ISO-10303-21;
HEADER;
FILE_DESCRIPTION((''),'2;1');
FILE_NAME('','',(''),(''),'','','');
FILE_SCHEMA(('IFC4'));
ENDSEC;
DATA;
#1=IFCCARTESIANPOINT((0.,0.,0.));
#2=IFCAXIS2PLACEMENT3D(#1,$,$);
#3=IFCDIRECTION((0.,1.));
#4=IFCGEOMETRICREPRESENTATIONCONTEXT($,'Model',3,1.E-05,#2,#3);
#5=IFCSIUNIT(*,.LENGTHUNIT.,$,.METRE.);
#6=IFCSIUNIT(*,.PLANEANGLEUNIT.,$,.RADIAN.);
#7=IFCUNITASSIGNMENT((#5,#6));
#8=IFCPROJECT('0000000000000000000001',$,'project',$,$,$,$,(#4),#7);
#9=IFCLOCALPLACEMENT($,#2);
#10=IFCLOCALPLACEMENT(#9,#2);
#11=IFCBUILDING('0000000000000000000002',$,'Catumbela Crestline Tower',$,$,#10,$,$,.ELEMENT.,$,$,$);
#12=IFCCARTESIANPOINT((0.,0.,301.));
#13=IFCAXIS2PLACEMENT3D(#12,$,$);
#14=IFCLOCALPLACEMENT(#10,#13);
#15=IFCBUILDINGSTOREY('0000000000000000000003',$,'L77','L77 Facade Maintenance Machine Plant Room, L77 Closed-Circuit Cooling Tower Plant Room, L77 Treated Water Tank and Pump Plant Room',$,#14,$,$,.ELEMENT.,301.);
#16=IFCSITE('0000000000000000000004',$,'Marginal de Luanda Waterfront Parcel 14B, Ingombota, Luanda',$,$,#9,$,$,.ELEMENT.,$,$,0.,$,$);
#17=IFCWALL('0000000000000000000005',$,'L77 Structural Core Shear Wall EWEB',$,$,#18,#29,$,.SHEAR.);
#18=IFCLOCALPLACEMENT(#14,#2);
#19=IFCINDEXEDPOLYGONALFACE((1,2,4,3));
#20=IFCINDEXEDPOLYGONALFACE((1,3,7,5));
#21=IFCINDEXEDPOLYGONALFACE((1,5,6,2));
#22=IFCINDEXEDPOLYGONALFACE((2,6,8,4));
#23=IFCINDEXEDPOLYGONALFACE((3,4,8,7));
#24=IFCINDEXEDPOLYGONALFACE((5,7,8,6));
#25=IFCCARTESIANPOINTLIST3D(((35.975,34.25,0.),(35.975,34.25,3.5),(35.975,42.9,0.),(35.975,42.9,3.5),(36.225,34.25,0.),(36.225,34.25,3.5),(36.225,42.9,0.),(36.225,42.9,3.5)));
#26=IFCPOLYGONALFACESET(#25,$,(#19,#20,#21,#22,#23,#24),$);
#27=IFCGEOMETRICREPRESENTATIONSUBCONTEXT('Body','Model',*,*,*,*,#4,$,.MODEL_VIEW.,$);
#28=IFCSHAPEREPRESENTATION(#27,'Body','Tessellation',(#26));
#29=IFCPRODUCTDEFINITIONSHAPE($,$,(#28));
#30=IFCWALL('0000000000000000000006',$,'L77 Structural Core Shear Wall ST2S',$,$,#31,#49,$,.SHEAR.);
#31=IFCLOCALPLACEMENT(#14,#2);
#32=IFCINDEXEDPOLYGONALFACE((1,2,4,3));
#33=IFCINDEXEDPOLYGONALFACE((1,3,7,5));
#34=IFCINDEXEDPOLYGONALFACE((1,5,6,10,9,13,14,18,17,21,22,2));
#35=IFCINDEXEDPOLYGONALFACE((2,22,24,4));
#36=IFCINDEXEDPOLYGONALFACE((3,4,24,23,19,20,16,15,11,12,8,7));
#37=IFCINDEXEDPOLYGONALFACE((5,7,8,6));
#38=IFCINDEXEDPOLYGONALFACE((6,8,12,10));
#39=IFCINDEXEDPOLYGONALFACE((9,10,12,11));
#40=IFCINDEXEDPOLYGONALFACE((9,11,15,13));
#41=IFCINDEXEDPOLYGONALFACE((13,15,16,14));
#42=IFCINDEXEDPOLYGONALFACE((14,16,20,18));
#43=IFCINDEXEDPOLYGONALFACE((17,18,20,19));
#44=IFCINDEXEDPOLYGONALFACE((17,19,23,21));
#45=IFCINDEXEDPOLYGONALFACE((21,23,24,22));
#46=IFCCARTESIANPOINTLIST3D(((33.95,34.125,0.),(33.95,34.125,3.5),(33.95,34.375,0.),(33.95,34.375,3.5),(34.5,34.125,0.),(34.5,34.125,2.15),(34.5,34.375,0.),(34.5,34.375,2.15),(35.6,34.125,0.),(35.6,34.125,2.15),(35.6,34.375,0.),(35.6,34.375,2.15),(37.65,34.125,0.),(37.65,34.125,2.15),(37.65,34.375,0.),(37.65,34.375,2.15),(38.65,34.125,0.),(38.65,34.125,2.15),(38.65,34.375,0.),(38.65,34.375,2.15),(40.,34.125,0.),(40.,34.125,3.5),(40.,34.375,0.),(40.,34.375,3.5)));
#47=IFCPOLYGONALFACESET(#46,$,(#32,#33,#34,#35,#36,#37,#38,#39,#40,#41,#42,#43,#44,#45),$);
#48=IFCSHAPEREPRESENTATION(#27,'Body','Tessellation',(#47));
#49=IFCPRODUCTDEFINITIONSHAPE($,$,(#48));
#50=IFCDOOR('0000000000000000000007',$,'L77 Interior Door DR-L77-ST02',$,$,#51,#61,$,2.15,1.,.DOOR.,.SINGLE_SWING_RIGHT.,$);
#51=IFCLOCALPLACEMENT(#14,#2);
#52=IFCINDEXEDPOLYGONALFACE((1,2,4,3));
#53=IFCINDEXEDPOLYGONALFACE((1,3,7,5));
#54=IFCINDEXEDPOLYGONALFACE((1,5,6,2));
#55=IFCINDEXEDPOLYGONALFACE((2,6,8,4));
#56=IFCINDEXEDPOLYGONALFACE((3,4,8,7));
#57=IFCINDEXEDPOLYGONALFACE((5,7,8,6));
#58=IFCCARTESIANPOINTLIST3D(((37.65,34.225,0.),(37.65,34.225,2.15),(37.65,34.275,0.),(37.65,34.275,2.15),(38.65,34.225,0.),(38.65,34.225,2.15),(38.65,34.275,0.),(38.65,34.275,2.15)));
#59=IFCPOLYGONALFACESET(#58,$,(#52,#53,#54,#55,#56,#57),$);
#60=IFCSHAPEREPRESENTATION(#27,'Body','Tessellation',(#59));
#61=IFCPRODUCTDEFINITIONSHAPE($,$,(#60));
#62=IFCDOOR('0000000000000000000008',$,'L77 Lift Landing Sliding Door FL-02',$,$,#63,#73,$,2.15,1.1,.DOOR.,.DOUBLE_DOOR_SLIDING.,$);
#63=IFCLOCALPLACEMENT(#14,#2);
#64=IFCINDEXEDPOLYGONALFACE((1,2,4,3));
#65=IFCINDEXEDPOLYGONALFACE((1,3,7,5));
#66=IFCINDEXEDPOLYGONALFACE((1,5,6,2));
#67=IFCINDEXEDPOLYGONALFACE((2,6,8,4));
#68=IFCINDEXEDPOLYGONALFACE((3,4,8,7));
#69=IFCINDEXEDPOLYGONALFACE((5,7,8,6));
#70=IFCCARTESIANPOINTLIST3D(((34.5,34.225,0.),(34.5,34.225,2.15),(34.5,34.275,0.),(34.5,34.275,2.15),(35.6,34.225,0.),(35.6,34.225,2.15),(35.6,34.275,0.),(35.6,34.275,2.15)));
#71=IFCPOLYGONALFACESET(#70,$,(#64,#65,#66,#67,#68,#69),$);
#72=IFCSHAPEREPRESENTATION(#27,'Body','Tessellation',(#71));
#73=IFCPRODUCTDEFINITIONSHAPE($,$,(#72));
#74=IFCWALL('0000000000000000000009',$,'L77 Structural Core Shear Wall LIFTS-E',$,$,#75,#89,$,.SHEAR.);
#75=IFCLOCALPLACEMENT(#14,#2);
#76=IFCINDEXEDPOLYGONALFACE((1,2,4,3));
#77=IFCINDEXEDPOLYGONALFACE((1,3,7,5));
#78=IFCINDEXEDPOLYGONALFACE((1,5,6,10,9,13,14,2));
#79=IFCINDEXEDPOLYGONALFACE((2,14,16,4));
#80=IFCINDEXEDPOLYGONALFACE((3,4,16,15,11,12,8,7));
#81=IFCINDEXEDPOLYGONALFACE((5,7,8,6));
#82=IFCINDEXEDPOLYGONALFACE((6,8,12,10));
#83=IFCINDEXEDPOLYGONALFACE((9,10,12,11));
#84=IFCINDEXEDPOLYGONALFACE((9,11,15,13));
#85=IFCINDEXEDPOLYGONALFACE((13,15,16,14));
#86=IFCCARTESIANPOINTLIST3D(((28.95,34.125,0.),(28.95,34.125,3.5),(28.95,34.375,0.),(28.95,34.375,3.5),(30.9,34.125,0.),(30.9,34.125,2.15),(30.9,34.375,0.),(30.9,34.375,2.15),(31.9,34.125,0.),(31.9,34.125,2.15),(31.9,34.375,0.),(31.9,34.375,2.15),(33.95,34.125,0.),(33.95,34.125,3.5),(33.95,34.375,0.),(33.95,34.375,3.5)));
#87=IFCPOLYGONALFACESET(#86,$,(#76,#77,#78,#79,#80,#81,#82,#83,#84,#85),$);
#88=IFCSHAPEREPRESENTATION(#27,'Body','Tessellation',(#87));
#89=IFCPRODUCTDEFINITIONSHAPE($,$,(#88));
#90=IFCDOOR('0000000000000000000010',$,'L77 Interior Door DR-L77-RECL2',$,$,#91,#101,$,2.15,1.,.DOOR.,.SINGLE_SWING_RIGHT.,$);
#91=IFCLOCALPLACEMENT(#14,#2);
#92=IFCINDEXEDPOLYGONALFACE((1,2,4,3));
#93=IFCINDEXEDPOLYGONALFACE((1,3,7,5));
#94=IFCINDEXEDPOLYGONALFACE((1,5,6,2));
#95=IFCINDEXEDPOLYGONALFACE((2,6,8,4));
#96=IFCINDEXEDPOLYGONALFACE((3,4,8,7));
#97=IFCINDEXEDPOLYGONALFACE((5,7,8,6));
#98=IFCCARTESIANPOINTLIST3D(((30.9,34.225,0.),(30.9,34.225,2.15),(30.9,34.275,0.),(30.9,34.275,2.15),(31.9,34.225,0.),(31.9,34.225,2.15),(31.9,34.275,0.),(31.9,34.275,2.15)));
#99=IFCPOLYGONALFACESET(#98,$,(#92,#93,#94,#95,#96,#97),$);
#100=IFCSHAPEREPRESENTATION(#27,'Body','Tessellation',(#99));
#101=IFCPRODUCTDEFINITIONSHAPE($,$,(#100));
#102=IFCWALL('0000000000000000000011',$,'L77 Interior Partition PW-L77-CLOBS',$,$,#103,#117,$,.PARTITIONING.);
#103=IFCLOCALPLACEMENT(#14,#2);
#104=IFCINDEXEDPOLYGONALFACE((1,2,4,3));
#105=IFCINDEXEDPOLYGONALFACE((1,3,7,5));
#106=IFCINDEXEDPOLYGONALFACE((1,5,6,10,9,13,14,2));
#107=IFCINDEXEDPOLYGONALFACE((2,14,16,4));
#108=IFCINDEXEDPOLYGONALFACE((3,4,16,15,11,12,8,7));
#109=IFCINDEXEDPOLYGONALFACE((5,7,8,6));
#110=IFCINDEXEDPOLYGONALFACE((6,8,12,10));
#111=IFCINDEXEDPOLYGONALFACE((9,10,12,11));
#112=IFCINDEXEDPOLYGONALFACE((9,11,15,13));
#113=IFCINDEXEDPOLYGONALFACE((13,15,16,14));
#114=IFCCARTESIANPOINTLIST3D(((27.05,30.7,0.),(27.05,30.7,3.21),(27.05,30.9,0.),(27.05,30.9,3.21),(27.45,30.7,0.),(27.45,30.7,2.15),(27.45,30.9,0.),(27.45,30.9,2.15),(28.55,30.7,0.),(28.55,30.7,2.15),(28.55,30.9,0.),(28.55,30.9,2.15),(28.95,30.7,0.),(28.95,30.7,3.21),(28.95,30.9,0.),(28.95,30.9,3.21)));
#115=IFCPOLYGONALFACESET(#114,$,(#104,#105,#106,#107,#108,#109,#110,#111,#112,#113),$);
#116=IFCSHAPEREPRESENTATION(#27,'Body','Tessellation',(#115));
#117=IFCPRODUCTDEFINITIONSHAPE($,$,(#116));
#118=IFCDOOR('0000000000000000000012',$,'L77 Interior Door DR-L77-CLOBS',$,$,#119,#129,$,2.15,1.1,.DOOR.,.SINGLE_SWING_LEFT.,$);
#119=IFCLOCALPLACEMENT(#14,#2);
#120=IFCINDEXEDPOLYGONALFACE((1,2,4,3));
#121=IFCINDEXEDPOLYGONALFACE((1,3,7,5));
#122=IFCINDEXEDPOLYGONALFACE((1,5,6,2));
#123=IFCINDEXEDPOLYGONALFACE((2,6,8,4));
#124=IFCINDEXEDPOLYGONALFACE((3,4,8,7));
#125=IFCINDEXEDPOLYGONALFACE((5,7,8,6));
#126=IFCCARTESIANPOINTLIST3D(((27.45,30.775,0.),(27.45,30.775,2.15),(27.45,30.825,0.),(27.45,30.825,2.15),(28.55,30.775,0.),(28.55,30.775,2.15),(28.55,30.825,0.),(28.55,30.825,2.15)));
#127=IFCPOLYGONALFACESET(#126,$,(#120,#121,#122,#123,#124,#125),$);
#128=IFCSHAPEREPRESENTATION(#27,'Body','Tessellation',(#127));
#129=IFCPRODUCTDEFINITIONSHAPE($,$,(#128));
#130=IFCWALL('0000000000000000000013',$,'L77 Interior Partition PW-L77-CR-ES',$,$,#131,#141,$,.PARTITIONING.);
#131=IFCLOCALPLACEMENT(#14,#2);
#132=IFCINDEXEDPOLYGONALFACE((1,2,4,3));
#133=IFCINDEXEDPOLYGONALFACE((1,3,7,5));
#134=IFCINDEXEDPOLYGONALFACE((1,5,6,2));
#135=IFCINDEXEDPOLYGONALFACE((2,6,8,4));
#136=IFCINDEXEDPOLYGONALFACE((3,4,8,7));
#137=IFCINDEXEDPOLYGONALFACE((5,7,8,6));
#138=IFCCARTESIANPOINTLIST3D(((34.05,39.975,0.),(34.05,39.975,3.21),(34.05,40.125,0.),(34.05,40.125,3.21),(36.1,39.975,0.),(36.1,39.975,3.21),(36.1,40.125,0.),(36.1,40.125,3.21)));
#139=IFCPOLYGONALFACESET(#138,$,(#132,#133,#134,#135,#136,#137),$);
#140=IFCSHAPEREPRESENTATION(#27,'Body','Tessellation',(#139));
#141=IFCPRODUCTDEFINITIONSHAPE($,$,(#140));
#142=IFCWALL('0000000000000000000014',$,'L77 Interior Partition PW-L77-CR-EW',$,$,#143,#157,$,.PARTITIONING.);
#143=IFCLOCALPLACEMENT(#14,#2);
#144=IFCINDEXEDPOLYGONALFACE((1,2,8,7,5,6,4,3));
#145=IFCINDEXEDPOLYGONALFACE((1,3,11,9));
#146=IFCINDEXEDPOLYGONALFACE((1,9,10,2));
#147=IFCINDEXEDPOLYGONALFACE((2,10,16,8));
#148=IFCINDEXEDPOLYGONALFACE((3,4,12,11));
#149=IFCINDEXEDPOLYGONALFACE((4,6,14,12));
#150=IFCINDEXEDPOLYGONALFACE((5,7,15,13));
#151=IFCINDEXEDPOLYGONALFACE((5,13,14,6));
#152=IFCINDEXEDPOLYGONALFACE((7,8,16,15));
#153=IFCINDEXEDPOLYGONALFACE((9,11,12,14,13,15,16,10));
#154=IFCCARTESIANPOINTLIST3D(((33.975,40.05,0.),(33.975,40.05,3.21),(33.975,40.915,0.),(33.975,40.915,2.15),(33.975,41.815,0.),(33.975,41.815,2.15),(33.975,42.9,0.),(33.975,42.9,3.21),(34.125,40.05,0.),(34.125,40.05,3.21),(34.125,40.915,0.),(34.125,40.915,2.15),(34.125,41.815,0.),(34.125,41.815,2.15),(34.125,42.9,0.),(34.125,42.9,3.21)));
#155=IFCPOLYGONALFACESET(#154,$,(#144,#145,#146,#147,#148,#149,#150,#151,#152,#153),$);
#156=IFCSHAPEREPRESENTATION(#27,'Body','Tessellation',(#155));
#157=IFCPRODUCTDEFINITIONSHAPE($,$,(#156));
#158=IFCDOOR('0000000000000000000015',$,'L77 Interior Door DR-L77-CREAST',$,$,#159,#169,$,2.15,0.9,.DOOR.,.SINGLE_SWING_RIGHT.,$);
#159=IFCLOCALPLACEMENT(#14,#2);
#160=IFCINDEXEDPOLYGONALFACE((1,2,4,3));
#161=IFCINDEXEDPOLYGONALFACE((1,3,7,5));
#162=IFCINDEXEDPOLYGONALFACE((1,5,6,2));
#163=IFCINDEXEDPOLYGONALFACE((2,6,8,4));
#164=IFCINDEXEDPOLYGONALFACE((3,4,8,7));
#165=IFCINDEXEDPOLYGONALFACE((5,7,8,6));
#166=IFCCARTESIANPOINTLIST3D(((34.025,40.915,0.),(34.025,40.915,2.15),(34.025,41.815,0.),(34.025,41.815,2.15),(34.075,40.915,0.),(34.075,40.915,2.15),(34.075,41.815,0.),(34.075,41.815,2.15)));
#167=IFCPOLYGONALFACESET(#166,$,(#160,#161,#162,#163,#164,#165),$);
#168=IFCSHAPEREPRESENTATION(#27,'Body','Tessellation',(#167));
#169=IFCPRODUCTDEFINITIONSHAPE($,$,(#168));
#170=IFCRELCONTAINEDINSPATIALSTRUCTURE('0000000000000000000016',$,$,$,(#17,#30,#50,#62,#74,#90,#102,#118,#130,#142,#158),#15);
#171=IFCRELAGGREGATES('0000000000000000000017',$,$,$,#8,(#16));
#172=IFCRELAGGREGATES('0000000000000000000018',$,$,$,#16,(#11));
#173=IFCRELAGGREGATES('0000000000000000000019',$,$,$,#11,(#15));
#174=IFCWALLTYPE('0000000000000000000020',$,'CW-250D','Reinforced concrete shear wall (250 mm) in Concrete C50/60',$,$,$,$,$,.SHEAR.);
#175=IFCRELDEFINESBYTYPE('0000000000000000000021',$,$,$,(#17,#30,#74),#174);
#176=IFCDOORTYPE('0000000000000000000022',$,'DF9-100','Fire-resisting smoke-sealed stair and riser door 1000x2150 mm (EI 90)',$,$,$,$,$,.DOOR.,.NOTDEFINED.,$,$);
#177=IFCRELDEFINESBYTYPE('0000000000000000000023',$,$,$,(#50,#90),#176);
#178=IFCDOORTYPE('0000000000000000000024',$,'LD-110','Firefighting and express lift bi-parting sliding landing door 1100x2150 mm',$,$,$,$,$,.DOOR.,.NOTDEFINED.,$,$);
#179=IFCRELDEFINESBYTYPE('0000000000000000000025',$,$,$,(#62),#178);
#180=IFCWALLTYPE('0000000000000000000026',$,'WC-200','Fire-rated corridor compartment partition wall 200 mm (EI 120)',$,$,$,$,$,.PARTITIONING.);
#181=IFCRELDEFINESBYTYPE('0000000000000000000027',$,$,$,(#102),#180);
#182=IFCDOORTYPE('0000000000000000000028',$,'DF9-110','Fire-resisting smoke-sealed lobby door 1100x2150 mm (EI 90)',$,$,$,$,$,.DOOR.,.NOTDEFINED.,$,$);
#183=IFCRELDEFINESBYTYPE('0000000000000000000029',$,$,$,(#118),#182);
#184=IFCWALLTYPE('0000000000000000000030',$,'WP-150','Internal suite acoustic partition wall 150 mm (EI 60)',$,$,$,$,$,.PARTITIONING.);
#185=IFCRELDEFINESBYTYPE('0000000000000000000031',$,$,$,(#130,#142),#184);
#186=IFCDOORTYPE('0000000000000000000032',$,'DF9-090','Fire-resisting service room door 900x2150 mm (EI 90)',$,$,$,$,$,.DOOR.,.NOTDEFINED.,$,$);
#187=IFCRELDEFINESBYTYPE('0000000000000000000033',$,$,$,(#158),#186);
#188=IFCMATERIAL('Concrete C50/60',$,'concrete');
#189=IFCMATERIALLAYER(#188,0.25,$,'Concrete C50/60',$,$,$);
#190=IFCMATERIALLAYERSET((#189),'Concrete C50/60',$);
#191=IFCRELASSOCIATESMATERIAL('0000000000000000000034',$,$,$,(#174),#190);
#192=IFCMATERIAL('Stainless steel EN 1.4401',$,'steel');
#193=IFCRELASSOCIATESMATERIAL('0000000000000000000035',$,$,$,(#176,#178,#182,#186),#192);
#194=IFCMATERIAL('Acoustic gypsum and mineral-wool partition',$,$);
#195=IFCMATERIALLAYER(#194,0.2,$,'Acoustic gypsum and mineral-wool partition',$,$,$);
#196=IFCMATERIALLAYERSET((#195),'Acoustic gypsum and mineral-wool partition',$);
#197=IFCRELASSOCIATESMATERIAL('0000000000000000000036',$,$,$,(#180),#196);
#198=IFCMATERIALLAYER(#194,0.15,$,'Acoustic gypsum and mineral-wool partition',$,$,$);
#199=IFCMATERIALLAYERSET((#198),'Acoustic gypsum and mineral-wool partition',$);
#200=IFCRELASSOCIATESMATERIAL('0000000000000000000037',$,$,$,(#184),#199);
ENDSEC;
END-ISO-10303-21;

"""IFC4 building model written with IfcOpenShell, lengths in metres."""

from ifc_helpers import new_model, si_unit, direction, frame, frame_2d, origin, place, context, subcontext, project, spatial, rectangle, extrude, material, layer, layer_set, type_object, element, fill, save


model = new_model("IFC4")

# Units and contexts
model_context = context("Model", 3, precision=1e-05, world=origin(), true_north=direction((0.0, 1.0)))
body_context = subcontext(model_context, "Body", "Model", "MODEL_VIEW")
ifc_project = project(units=[si_unit("LENGTHUNIT", "METRE"), si_unit("PLANEANGLEUNIT", "RADIAN")], contexts=[model_context])

# Site, building, storey
site_placement = place(None, origin())
site = spatial("IfcSite", under=ifc_project, at=site_placement, Name="Marginal de Luanda Waterfront Parcel 14B, Ingombota, Luanda", CompositionType="ELEMENT", RefElevation=0.0)
building_placement = place(site_placement, origin())
building = spatial("IfcBuilding", under=site, at=building_placement, Name="Catumbela Crestline Tower", CompositionType="ELEMENT")
storey_placement = place(building_placement, frame((0.0, 0.0, 301.0)))
storey = spatial("IfcBuildingStorey", under=building, at=storey_placement, Name="L77", Description="L77 Facade Maintenance Machine Plant Room, L77 Closed-Circuit Cooling Tower Plant Room, L77 Treated Water Tank and Pump Plant Room", CompositionType="ELEMENT", Elevation=301.0)

# Wall
ifc_material_1 = material(Name="Concrete C50/60", Category="concrete")
ifc_layer_1 = layer(ifc_material_1, 0.25, Name="Concrete C50/60")
ifc_layer_set_1 = layer_set([ifc_layer_1], Name="Concrete C50/60")
wall_type_1 = type_object("IfcWallType", Name="CW-250D", Description="Reinforced concrete shear wall (250 mm) in Concrete C50/60", PredefinedType="SHEAR", material=ifc_layer_set_1)
wall_1_placement = place(storey_placement, frame((36.1, 34.25, 0.0), z_axis=(0.0, 0.0, 1.0), x_axis=(0.0, 1.0, 0.0)))
element("IfcWall", 1, at=wall_1_placement, inside=storey, type_object=wall_type_1, Name="L77 Structural Core Shear Wall EWEB", PredefinedType="SHEAR", context=body_context, shape_type="SweptSolid", body=[
    extrude(rectangle(XDim=8.65, YDim=0.25, at=frame_2d((4.325, 0.0))), origin(), (0.0, 0.0, 1.0), 3.5),
])

# Wall, openings, doors
wall_2_placement = place(storey_placement, frame((33.95, 34.25, 0.0), z_axis=(0.0, 0.0, 1.0), x_axis=(1.0, 0.0, 0.0)))
wall_2 = element("IfcWall", 2, at=wall_2_placement, inside=storey, type_object=wall_type_1, Name="L77 Structural Core Shear Wall ST2S", PredefinedType="SHEAR", context=body_context, shape_type="SweptSolid", body=[
    extrude(rectangle(XDim=6.05, YDim=0.25, at=frame_2d((3.025, 0.0))), origin(), (0.0, 0.0, 1.0), 3.5),
])
opening_1_placement = place(wall_2_placement, frame((3.7, 0.0, 0.0)))
opening_1 = element("IfcOpeningElement", 3, at=opening_1_placement, cuts=wall_2, PredefinedType="OPENING", context=body_context, shape_type="SweptSolid", body=[
    extrude(rectangle(XDim=1.0, YDim=2.15, at=frame_2d((0.5, 1.075))), frame((0.0, 0.135, 0.0), z_axis=(0.0, -1.0, 0.0), x_axis=(1.0, 0.0, 0.0)), (0.0, 0.0, 1.0), 0.27),
])
opening_2_placement = place(wall_2_placement, frame((0.55, 0.0, 0.0)))
opening_2 = element("IfcOpeningElement", 4, at=opening_2_placement, cuts=wall_2, PredefinedType="OPENING", context=body_context, shape_type="SweptSolid", body=[
    extrude(rectangle(XDim=1.1, YDim=2.15, at=frame_2d((0.55, 1.075))), frame((0.0, 0.135, 0.0), z_axis=(0.0, -1.0, 0.0), x_axis=(1.0, 0.0, 0.0)), (0.0, 0.0, 1.0), 0.27),
])
ifc_material_2 = material(Name="Stainless steel EN 1.4401", Category="steel")
door_type_1 = type_object("IfcDoorType", Name="DF9-100", Description="Fire-resisting smoke-sealed stair and riser door 1000x2150 mm (EI 90)", OperationType="NOTDEFINED", PredefinedType="DOOR", material=ifc_material_2)
door_1_placement = place(opening_1_placement, origin())
door_1 = element("IfcDoor", 5, at=door_1_placement, inside=storey, type_object=door_type_1, Name="L77 Interior Door DR-L77-ST02", OperationType="SINGLE_SWING_RIGHT", OverallHeight=2.15, OverallWidth=1.0, PredefinedType="DOOR", context=body_context, shape_type="SweptSolid", body=[
    extrude(rectangle(XDim=1.0, YDim=2.15, at=frame_2d((0.5, 1.075))), frame((0.0, 0.025, 0.0), z_axis=(0.0, -1.0, 0.0), x_axis=(1.0, 0.0, 0.0)), (0.0, 0.0, 1.0), 0.05),
])
fill(opening_1, door_1)
door_type_2 = type_object("IfcDoorType", Name="LD-110", Description="Firefighting and express lift bi-parting sliding landing door 1100x2150 mm", OperationType="NOTDEFINED", PredefinedType="DOOR", material=ifc_material_2)
door_2_placement = place(opening_2_placement, origin())
door_2 = element("IfcDoor", 6, at=door_2_placement, inside=storey, type_object=door_type_2, Name="L77 Lift Landing Sliding Door FL-02", OperationType="DOUBLE_DOOR_SLIDING", OverallHeight=2.15, OverallWidth=1.1, PredefinedType="DOOR", context=body_context, shape_type="SweptSolid", body=[
    extrude(rectangle(XDim=1.1, YDim=2.15, at=frame_2d((0.55, 1.075))), frame((0.0, 0.025, 0.0), z_axis=(0.0, -1.0, 0.0), x_axis=(1.0, 0.0, 0.0)), (0.0, 0.0, 1.0), 0.05),
])
fill(opening_2, door_2)

# Walls, openings, doors
wall_3_placement = place(storey_placement, frame((28.95, 34.25, 0.0), z_axis=(0.0, 0.0, 1.0), x_axis=(1.0, 0.0, 0.0)))
wall_3 = element("IfcWall", 7, at=wall_3_placement, inside=storey, type_object=wall_type_1, Name="L77 Structural Core Shear Wall LIFTS-E", PredefinedType="SHEAR", context=body_context, shape_type="SweptSolid", body=[
    extrude(rectangle(XDim=5.0, YDim=0.25, at=frame_2d((2.5, 0.0))), origin(), (0.0, 0.0, 1.0), 3.5),
])
opening_3_placement = place(wall_3_placement, frame((1.95, 0.0, 0.0)))
opening_3 = element("IfcOpeningElement", 8, at=opening_3_placement, cuts=wall_3, PredefinedType="OPENING", context=body_context, shape_type="SweptSolid", body=[
    extrude(rectangle(XDim=1.0, YDim=2.15, at=frame_2d((0.5, 1.075))), frame((0.0, 0.135, 0.0), z_axis=(0.0, -1.0, 0.0), x_axis=(1.0, 0.0, 0.0)), (0.0, 0.0, 1.0), 0.27),
])
door_3_placement = place(opening_3_placement, origin())
door_3 = element("IfcDoor", 9, at=door_3_placement, inside=storey, type_object=door_type_1, Name="L77 Interior Door DR-L77-RECL2", OperationType="SINGLE_SWING_RIGHT", OverallHeight=2.15, OverallWidth=1.0, PredefinedType="DOOR", context=body_context, shape_type="SweptSolid", body=[
    extrude(rectangle(XDim=1.0, YDim=2.15, at=frame_2d((0.5, 1.075))), frame((0.0, 0.025, 0.0), z_axis=(0.0, -1.0, 0.0), x_axis=(1.0, 0.0, 0.0)), (0.0, 0.0, 1.0), 0.05),
])
fill(opening_3, door_3)
ifc_material_3 = material(Name="Acoustic gypsum and mineral-wool partition")
ifc_layer_2 = layer(ifc_material_3, 0.2, Name="Acoustic gypsum and mineral-wool partition")
ifc_layer_set_2 = layer_set([ifc_layer_2], Name="Acoustic gypsum and mineral-wool partition")
wall_type_2 = type_object("IfcWallType", Name="WC-200", Description="Fire-rated corridor compartment partition wall 200 mm (EI 120)", PredefinedType="PARTITIONING", material=ifc_layer_set_2)
wall_4_placement = place(storey_placement, frame((27.05, 30.8, 0.0), z_axis=(0.0, 0.0, 1.0), x_axis=(1.0, 0.0, 0.0)))
wall_4 = element("IfcWall", 10, at=wall_4_placement, inside=storey, type_object=wall_type_2, Name="L77 Interior Partition PW-L77-CLOBS", PredefinedType="PARTITIONING", context=body_context, shape_type="SweptSolid", body=[
    extrude(rectangle(XDim=1.9, YDim=0.2, at=frame_2d((0.95, 0.0))), origin(), (0.0, 0.0, 1.0), 3.21),
])
opening_4_placement = place(wall_4_placement, frame((0.4, 0.0, 0.0)))
opening_4 = element("IfcOpeningElement", 11, at=opening_4_placement, cuts=wall_4, PredefinedType="OPENING", context=body_context, shape_type="SweptSolid", body=[
    extrude(rectangle(XDim=1.1, YDim=2.15, at=frame_2d((0.55, 1.075))), frame((0.0, 0.11, 0.0), z_axis=(0.0, -1.0, 0.0), x_axis=(1.0, 0.0, 0.0)), (0.0, 0.0, 1.0), 0.22),
])
door_type_3 = type_object("IfcDoorType", Name="DF9-110", Description="Fire-resisting smoke-sealed lobby door 1100x2150 mm (EI 90)", OperationType="NOTDEFINED", PredefinedType="DOOR", material=ifc_material_2)
door_4_placement = place(opening_4_placement, origin())
door_4 = element("IfcDoor", 12, at=door_4_placement, inside=storey, type_object=door_type_3, Name="L77 Interior Door DR-L77-CLOBS", OperationType="SINGLE_SWING_LEFT", OverallHeight=2.15, OverallWidth=1.1, PredefinedType="DOOR", context=body_context, shape_type="SweptSolid", body=[
    extrude(rectangle(XDim=1.1, YDim=2.15, at=frame_2d((0.55, 1.075))), frame((0.0, 0.025, 0.0), z_axis=(0.0, -1.0, 0.0), x_axis=(1.0, 0.0, 0.0)), (0.0, 0.0, 1.0), 0.05),
])
fill(opening_4, door_4)

# Wall
ifc_layer_3 = layer(ifc_material_3, 0.15, Name="Acoustic gypsum and mineral-wool partition")
ifc_layer_set_3 = layer_set([ifc_layer_3], Name="Acoustic gypsum and mineral-wool partition")
wall_type_3 = type_object("IfcWallType", Name="WP-150", Description="Internal suite acoustic partition wall 150 mm (EI 60)", PredefinedType="PARTITIONING", material=ifc_layer_set_3)
wall_5_placement = place(storey_placement, frame((34.05, 40.05, 0.0), z_axis=(0.0, 0.0, 1.0), x_axis=(1.0, 0.0, 0.0)))
element("IfcWall", 13, at=wall_5_placement, inside=storey, type_object=wall_type_3, Name="L77 Interior Partition PW-L77-CR-ES", PredefinedType="PARTITIONING", context=body_context, shape_type="SweptSolid", body=[
    extrude(rectangle(XDim=2.05, YDim=0.15, at=frame_2d((1.025, 0.0))), origin(), (0.0, 0.0, 1.0), 3.21),
])

# Wall, opening, door
wall_6_placement = place(storey_placement, frame((34.05, 40.05, 0.0), z_axis=(0.0, 0.0, 1.0), x_axis=(0.0, 1.0, 0.0)))
wall_6 = element("IfcWall", 14, at=wall_6_placement, inside=storey, type_object=wall_type_3, Name="L77 Interior Partition PW-L77-CR-EW", PredefinedType="PARTITIONING", context=body_context, shape_type="SweptSolid", body=[
    extrude(rectangle(XDim=2.85, YDim=0.15, at=frame_2d((1.425, 0.0))), origin(), (0.0, 0.0, 1.0), 3.21),
])
opening_5_placement = place(wall_6_placement, frame((0.865, 0.0, 0.0)))
opening_5 = element("IfcOpeningElement", 15, at=opening_5_placement, cuts=wall_6, PredefinedType="OPENING", context=body_context, shape_type="SweptSolid", body=[
    extrude(rectangle(XDim=0.9, YDim=2.15, at=frame_2d((0.45, 1.075))), frame((0.0, 0.085, 0.0), z_axis=(0.0, -1.0, 0.0), x_axis=(1.0, 0.0, 0.0)), (0.0, 0.0, 1.0), 0.17),
])
door_type_4 = type_object("IfcDoorType", Name="DF9-090", Description="Fire-resisting service room door 900x2150 mm (EI 90)", OperationType="NOTDEFINED", PredefinedType="DOOR", material=ifc_material_2)
door_5_placement = place(opening_5_placement, origin())
door_5 = element("IfcDoor", 16, at=door_5_placement, inside=storey, type_object=door_type_4, Name="L77 Interior Door DR-L77-CREAST", OperationType="SINGLE_SWING_RIGHT", OverallHeight=2.15, OverallWidth=0.9, PredefinedType="DOOR", context=body_context, shape_type="SweptSolid", body=[
    extrude(rectangle(XDim=0.9, YDim=2.15, at=frame_2d((0.45, 1.075))), frame((0.0, 0.025, 0.0), z_axis=(0.0, -1.0, 0.0), x_axis=(1.0, 0.0, 0.0)), (0.0, 0.0, 1.0), 0.05),
])
fill(opening_5, door_5)

save(model, "model.ifc")
